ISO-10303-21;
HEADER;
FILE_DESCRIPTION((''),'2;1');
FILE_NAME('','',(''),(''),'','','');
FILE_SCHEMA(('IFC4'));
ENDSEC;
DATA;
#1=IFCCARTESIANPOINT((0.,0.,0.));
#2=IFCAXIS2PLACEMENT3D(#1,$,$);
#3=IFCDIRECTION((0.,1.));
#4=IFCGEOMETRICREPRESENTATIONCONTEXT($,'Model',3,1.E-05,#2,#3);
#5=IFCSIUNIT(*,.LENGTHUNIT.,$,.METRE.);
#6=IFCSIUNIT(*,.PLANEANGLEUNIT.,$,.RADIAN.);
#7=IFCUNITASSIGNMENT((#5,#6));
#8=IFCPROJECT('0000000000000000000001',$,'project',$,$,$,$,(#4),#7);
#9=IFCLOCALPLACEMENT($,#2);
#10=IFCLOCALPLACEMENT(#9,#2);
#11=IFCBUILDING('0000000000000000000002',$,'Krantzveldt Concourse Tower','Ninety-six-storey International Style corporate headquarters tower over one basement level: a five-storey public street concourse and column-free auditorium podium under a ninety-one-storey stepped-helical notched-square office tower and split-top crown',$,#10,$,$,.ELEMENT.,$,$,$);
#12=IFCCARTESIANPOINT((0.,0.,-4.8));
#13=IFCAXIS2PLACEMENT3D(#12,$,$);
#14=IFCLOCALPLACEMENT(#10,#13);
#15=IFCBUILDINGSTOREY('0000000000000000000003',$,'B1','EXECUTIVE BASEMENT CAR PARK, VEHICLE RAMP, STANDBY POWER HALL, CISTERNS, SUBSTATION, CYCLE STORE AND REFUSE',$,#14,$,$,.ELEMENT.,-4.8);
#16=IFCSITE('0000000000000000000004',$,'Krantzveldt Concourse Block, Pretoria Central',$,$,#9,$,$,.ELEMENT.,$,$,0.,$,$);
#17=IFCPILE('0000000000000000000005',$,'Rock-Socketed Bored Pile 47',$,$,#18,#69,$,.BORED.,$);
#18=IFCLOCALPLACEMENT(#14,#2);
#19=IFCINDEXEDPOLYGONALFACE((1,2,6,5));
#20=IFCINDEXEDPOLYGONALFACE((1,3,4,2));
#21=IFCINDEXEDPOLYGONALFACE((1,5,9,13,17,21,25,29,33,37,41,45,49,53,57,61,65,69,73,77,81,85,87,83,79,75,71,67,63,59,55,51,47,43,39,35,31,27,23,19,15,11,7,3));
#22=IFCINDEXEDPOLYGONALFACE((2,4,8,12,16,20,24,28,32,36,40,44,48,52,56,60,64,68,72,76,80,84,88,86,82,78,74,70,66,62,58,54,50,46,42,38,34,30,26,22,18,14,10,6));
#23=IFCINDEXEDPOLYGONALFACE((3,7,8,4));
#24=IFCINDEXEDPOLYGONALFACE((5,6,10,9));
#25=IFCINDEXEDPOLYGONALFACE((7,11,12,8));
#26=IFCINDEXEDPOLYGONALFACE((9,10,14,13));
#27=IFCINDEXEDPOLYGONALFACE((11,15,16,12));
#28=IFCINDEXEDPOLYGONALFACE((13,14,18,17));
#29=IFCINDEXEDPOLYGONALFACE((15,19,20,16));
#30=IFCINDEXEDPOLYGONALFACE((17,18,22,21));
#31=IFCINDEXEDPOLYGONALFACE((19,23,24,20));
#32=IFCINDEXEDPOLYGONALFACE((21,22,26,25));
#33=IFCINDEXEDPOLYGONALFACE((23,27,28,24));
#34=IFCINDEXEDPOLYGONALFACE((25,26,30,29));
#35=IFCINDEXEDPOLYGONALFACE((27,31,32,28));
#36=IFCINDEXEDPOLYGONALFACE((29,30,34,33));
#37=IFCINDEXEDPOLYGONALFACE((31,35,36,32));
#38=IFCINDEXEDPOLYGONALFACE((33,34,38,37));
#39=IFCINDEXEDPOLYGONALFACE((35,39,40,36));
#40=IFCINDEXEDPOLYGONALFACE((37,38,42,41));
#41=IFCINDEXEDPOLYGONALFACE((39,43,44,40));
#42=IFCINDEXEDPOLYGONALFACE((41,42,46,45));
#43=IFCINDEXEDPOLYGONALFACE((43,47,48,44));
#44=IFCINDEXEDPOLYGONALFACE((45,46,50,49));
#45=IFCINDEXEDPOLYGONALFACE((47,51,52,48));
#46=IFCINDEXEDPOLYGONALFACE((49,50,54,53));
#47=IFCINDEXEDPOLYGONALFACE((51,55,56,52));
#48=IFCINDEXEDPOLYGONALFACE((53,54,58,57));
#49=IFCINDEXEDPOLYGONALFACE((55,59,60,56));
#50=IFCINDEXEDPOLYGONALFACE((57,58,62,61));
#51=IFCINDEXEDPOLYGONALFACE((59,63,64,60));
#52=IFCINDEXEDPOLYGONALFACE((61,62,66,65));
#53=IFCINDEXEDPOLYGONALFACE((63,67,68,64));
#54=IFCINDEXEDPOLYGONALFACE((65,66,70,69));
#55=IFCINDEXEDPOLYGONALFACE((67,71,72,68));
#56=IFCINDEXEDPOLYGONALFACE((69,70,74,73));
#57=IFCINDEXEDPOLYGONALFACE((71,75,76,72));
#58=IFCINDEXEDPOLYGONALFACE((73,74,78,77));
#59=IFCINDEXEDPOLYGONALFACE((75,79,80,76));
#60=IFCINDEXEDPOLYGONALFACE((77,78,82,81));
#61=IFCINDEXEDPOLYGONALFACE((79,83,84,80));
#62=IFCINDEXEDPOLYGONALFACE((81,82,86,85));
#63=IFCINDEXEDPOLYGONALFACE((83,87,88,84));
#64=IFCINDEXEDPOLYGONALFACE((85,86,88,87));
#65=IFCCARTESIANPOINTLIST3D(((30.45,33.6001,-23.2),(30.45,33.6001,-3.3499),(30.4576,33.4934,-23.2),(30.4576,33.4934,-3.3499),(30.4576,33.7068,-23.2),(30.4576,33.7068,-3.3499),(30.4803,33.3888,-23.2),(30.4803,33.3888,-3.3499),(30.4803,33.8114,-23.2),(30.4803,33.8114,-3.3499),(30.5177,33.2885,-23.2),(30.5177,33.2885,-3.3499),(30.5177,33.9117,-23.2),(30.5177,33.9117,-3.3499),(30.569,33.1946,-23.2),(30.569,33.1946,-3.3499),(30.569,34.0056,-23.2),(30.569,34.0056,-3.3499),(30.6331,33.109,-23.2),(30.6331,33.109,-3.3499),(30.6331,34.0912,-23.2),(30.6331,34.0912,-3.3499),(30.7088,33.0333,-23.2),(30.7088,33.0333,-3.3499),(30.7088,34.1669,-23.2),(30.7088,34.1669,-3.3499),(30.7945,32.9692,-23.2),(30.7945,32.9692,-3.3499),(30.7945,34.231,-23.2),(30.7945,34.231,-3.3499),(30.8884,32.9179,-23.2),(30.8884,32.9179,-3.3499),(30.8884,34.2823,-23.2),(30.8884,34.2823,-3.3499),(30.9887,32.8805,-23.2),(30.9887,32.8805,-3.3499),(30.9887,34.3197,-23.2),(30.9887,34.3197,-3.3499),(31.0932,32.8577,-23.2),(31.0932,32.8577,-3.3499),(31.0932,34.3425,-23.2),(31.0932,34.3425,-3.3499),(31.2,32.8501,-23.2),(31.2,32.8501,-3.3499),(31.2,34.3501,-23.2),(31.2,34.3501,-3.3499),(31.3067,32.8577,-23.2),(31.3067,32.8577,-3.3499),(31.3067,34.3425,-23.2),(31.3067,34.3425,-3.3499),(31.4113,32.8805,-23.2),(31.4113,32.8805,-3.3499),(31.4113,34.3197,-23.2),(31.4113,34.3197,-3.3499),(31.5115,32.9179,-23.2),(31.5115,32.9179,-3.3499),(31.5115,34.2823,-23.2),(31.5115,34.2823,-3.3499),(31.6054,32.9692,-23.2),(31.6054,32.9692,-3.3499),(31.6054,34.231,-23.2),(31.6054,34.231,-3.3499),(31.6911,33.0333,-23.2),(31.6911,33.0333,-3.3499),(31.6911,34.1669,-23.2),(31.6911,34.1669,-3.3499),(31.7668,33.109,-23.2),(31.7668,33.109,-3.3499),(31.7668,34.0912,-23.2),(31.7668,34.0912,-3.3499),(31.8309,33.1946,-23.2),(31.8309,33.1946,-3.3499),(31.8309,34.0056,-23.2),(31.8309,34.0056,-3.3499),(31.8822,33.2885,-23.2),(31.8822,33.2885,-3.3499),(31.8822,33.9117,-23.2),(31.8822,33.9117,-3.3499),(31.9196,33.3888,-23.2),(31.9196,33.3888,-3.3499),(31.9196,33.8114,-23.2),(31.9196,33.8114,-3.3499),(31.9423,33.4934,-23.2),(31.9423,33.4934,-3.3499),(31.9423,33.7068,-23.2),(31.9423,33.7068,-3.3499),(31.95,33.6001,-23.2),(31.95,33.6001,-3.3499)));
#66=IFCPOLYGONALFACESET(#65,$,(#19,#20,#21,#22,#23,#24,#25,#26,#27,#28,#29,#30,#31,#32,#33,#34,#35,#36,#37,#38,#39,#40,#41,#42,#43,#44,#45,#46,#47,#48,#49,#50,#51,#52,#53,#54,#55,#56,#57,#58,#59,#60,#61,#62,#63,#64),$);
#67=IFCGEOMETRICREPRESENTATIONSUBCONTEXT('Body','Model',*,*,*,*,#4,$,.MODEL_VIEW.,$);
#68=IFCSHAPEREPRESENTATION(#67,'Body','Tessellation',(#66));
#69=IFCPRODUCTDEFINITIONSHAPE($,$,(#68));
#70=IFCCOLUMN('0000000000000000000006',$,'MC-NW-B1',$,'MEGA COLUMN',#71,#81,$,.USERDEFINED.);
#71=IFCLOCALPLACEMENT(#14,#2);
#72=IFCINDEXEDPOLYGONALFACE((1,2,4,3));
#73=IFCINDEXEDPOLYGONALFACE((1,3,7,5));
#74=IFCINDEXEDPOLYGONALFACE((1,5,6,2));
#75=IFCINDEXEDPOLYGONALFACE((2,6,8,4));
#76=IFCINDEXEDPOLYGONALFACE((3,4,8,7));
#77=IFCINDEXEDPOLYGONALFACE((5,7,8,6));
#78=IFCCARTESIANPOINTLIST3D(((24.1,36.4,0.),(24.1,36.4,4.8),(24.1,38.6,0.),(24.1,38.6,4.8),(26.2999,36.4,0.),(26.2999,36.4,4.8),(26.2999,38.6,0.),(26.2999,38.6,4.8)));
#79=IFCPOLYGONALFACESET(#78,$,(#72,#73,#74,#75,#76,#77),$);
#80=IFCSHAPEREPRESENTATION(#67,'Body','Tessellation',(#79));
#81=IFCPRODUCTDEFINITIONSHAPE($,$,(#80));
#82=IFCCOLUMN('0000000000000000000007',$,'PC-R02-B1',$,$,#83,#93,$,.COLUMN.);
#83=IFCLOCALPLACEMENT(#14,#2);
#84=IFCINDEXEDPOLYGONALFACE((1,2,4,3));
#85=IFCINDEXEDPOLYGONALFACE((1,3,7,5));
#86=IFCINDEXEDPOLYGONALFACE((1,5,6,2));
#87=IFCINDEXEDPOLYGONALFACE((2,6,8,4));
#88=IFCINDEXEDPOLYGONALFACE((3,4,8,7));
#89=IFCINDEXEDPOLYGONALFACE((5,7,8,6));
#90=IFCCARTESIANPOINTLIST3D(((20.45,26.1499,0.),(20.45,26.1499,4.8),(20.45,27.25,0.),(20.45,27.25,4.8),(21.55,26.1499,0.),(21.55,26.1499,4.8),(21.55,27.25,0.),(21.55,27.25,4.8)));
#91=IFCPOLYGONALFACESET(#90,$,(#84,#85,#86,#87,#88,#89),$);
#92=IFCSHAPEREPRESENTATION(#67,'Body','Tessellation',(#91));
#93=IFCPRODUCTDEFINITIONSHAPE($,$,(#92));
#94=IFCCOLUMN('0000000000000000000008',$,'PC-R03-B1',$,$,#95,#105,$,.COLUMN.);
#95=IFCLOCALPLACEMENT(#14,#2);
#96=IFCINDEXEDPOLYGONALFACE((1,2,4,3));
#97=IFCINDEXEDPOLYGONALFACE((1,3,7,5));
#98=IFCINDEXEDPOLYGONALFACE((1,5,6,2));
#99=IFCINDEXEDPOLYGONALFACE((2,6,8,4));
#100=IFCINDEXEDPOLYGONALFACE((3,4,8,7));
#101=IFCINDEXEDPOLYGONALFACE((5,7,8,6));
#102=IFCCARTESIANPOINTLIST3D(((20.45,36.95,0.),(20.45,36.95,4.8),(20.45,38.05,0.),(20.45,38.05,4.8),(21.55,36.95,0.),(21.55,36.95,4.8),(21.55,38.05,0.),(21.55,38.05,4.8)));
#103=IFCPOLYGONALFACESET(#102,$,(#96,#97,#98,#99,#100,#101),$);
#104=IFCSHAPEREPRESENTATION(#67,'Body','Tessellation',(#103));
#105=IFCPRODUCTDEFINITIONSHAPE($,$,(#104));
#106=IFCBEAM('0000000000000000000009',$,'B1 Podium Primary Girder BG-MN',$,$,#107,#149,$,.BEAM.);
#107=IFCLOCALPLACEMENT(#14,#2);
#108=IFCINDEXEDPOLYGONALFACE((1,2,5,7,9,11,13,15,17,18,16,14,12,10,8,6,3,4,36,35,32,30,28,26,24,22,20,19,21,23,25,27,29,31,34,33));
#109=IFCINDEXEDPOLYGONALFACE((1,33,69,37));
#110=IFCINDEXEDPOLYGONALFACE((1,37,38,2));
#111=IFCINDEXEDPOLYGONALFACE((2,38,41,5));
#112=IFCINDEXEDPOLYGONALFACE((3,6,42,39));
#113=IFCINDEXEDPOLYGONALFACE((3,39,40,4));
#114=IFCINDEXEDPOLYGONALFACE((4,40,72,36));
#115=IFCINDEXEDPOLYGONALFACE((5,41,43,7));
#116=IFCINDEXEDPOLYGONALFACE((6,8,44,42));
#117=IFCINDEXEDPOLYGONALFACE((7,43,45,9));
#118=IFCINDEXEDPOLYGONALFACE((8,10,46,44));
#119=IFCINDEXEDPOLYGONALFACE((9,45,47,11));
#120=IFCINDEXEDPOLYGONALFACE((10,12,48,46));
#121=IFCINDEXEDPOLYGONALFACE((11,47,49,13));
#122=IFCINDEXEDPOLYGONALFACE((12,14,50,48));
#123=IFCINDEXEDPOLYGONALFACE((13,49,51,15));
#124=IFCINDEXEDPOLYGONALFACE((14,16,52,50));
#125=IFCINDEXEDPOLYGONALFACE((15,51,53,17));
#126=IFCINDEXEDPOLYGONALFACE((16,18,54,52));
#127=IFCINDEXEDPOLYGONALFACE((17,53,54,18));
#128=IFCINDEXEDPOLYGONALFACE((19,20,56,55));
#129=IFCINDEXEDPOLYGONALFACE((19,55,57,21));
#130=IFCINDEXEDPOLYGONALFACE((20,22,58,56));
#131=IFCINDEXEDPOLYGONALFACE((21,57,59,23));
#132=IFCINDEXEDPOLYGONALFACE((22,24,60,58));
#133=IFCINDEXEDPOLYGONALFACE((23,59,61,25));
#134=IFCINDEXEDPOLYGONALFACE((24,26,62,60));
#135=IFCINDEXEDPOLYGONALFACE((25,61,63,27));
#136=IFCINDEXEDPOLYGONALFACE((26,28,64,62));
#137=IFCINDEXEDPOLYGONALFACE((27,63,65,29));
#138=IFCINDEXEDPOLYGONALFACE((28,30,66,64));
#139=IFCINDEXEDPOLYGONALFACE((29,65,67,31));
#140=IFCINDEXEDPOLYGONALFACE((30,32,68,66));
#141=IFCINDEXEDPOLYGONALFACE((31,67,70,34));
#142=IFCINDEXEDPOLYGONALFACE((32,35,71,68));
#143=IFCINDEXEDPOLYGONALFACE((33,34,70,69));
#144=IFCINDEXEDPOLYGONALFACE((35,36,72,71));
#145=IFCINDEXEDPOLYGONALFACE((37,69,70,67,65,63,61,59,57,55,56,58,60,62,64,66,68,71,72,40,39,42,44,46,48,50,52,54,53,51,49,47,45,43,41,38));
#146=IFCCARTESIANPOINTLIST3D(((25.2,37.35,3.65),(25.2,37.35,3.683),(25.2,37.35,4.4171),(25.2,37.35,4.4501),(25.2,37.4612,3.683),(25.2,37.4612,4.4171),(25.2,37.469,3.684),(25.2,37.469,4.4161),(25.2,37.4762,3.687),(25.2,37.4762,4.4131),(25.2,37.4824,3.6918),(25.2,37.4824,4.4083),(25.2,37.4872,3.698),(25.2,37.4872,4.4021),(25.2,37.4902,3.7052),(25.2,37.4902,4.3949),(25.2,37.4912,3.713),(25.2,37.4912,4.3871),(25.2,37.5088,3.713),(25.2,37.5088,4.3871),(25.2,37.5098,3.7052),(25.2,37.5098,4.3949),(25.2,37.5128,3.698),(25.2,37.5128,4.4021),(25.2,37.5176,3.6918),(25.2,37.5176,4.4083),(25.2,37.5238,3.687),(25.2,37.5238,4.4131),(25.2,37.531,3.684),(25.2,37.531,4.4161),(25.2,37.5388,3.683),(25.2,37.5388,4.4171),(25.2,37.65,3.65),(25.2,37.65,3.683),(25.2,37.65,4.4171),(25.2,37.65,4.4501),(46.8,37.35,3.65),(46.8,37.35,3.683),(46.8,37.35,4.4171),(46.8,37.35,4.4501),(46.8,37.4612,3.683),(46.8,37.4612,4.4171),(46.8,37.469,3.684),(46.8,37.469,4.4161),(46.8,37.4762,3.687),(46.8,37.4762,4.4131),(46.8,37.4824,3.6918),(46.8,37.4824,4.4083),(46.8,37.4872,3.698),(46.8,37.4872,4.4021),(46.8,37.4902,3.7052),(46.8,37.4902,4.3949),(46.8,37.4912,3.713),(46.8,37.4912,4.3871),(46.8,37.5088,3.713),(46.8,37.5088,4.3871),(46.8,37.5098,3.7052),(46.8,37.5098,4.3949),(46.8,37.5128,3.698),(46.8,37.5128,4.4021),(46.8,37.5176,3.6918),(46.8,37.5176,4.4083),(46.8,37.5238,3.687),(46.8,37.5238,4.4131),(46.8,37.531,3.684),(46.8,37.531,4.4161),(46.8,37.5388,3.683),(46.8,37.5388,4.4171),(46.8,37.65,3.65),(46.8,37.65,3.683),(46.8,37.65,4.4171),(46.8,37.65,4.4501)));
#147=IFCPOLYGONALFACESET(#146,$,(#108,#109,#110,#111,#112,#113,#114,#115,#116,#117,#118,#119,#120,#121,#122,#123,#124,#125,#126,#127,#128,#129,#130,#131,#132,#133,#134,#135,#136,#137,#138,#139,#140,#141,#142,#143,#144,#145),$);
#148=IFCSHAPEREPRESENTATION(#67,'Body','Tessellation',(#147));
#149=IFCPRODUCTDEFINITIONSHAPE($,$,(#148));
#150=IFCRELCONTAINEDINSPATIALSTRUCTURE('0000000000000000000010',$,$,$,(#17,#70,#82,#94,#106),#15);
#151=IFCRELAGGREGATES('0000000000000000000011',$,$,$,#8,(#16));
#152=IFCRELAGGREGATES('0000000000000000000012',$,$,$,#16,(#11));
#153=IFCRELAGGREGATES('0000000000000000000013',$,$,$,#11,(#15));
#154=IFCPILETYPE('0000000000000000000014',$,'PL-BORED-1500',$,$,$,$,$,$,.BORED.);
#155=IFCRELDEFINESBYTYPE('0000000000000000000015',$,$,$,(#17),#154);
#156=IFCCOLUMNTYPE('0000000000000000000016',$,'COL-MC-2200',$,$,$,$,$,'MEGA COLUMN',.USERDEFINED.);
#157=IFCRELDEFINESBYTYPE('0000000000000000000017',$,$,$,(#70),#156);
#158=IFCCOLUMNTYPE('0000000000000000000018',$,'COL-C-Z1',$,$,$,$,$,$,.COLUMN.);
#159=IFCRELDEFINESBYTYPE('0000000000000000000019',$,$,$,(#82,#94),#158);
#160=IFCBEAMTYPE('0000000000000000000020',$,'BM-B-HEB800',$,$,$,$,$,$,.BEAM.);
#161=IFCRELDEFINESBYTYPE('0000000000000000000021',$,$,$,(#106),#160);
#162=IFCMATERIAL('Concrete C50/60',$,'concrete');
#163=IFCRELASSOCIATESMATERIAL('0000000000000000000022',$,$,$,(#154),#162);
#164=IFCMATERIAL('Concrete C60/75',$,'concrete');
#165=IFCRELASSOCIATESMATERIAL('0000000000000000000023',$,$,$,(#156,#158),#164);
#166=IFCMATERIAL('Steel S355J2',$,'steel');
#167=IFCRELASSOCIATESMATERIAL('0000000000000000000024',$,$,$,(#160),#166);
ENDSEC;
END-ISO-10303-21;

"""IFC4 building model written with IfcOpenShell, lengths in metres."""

from ifc_helpers import new_model, si_unit, direction, frame, origin, origin_2d, place, context, subcontext, project, spatial, rectangle, circle, i_section, extrude, source, transform, mapped, material, material_profile, profile_set, type_object, type_shapes, element, save


model = new_model("IFC4")

# Units and contexts
model_context = context("Model", 3, precision=1e-05, world=origin(), true_north=direction((0.0, 1.0)))
body_context = subcontext(model_context, "Body", "Model", "MODEL_VIEW")
ifc_project = project(units=[si_unit("LENGTHUNIT", "METRE"), si_unit("PLANEANGLEUNIT", "RADIAN")], contexts=[model_context])

# Site, building, storey
site_placement = place(None, origin())
site = spatial("IfcSite", under=ifc_project, at=site_placement, Name="Krantzveldt Concourse Block, Pretoria Central", CompositionType="ELEMENT", RefElevation=0.0)
building_placement = place(site_placement, origin())
building = spatial("IfcBuilding", under=site, at=building_placement, Name="Krantzveldt Concourse Tower", Description="Ninety-six-storey International Style corporate headquarters tower over one basement level: a five-storey public street concourse and column-free auditorium podium under a ninety-one-storey stepped-helical notched-square office tower and split-top crown", CompositionType="ELEMENT")
storey_placement = place(building_placement, frame((0.0, 0.0, -4.8)))
storey = spatial("IfcBuildingStorey", under=building, at=storey_placement, Name="B1", Description="EXECUTIVE BASEMENT CAR PARK, VEHICLE RAMP, STANDBY POWER HALL, CISTERNS, SUBSTATION, CYCLE STORE AND REFUSE", CompositionType="ELEMENT", Elevation=-4.8)

# Pile
ifc_material_1 = material(Name="Concrete C50/60", Category="concrete")
ifc_material_profile_1 = material_profile(ifc_material_1, circle(Radius=0.75, at=origin_2d()), Name="Concrete C50/60", Category="concrete")
ifc_profile_set_1 = profile_set([ifc_material_profile_1], Name="Concrete C50/60 - PILE D1500")
pile_type_1 = type_object("IfcPileType", Name="PL-BORED-1500", PredefinedType="BORED", material=ifc_profile_set_1)
shared_shape_1 = source(origin(), body_context, "Body", "SweptSolid", [
    extrude(circle(Radius=0.75, at=origin_2d()), origin(), (0.0, 0.0, 1.0), 19.8501),
])
type_shapes(pile_type_1, [shared_shape_1])
for number, where, z_axis, x_axis, name in (
    (1, (31.2, 33.6001, -3.3499), (0.0, 0.0, -1.0), (1.0, 0.0, 0.0), "Rock-Socketed Bored Pile 47"),
):
    element("IfcPile", number, at=place(storey_placement, frame(where, z_axis=z_axis, x_axis=x_axis)), inside=storey, type_object=pile_type_1, Name=name, PredefinedType="BORED", context=body_context, shape_type="MappedRepresentation", body=[
        mapped(shared_shape_1, transform((0.0, 0.0, 0.0), x_axis=(1.0, 0.0, 0.0), y_axis=(0.0, 1.0, 0.0), z_axis=(0.0, 0.0, 1.0), scale=1.0)),
    ])

# Columns
ifc_material_2 = material(Name="Concrete C60/75", Category="concrete")
ifc_material_profile_2 = material_profile(ifc_material_2, rectangle(XDim=2.2, YDim=2.2, at=origin_2d()), Name="Concrete C60/75", Category="concrete")
ifc_profile_set_2 = profile_set([ifc_material_profile_2], Name="Concrete C60/75 - RC 2200x2200")
column_type_1 = type_object("IfcColumnType", Name="COL-MC-2200", ElementType="MEGA COLUMN", PredefinedType="USERDEFINED", material=ifc_profile_set_2)
shared_shape_2 = source(origin(), body_context, "Body", "SweptSolid", [
    extrude(rectangle(XDim=2.2, YDim=2.2, at=origin_2d()), origin(), (0.0, 0.0, 1.0), 4.8),
])
type_shapes(column_type_1, [shared_shape_2])
column_placement = place(storey_placement, frame((25.2, 37.5, 0.0), z_axis=(0.0, 0.0, 1.0), x_axis=(1.0, 0.0, 0.0)))
element("IfcColumn", 2, at=column_placement, inside=storey, type_object=column_type_1, Name="MC-NW-B1", ObjectType="MEGA COLUMN", PredefinedType="USERDEFINED", context=body_context, shape_type="MappedRepresentation", body=[
    mapped(shared_shape_2, transform((0.0, 0.0, 0.0), x_axis=(1.0, 0.0, 0.0), y_axis=(0.0, 1.0, 0.0), z_axis=(0.0, 0.0, 1.0), scale=1.0)),
])
ifc_material_profile_3 = material_profile(ifc_material_2, rectangle(XDim=1.1001, YDim=1.1001, at=origin_2d()), Name="Concrete C60/75", Category="concrete")
ifc_profile_set_3 = profile_set([ifc_material_profile_3], Name="Concrete C60/75 - RC 1100x1100")
column_type_2 = type_object("IfcColumnType", Name="COL-C-Z1", PredefinedType="COLUMN", material=ifc_profile_set_3)
shared_shape_3 = source(origin(), body_context, "Body", "SweptSolid", [
    extrude(rectangle(XDim=1.1001, YDim=1.1001, at=origin_2d()), origin(), (0.0, 0.0, 1.0), 4.8),
])
type_shapes(column_type_2, [shared_shape_3])
for number, where, z_axis, x_axis, name in (
    (3, (21.0, 26.7, 0.0), (0.0, 0.0, 1.0), (1.0, 0.0, 0.0), "PC-R02-B1"),
    (4, (21.0, 37.5, 0.0), (0.0, 0.0, 1.0), (1.0, 0.0, 0.0), "PC-R03-B1"),
):
    element("IfcColumn", number, at=place(storey_placement, frame(where, z_axis=z_axis, x_axis=x_axis)), inside=storey, type_object=column_type_2, Name=name, PredefinedType="COLUMN", context=body_context, shape_type="MappedRepresentation", body=[
        mapped(shared_shape_3, transform((0.0, 0.0, 0.0), x_axis=(1.0, 0.0, 0.0), y_axis=(0.0, 1.0, 0.0), z_axis=(0.0, 0.0, 1.0), scale=1.0)),
    ])

# Beam
ifc_material_3 = material(Name="Steel S355J2", Category="steel")
ifc_material_profile_4 = material_profile(ifc_material_3, i_section(OverallWidth=0.3, OverallDepth=0.8, WebThickness=0.0176, FlangeThickness=0.033, FilletRadius=0.03, at=origin_2d()), Name="Steel S355J2", Category="steel")
ifc_profile_set_4 = profile_set([ifc_material_profile_4], Name="Steel S355J2 - HEB 800")
beam_type_1 = type_object("IfcBeamType", Name="BM-B-HEB800", PredefinedType="BEAM", material=ifc_profile_set_4)
shared_shape_4 = source(origin(), body_context, "Body", "SweptSolid", [
    extrude(i_section(OverallWidth=0.3, OverallDepth=0.8, WebThickness=0.0176, FlangeThickness=0.033, FilletRadius=0.03, at=origin_2d()), origin(), (0.0, 0.0, 1.0), 21.6001),
])
type_shapes(beam_type_1, [shared_shape_4])
beam_1_placement = place(storey_placement, frame((25.2, 37.5, 4.05), z_axis=(1.0, 0.0, 0.0), x_axis=(0.0, 1.0, 0.0)))
element("IfcBeam", 5, at=beam_1_placement, inside=storey, type_object=beam_type_1, Name="B1 Podium Primary Girder BG-MN", PredefinedType="BEAM", context=body_context, shape_type="MappedRepresentation", body=[
    mapped(shared_shape_4, transform((0.0, 0.0, 0.0), x_axis=(1.0, 0.0, 0.0), y_axis=(0.0, 1.0, 0.0), z_axis=(0.0, 0.0, 1.0), scale=1.0)),
])

save(model, "model.ifc")
